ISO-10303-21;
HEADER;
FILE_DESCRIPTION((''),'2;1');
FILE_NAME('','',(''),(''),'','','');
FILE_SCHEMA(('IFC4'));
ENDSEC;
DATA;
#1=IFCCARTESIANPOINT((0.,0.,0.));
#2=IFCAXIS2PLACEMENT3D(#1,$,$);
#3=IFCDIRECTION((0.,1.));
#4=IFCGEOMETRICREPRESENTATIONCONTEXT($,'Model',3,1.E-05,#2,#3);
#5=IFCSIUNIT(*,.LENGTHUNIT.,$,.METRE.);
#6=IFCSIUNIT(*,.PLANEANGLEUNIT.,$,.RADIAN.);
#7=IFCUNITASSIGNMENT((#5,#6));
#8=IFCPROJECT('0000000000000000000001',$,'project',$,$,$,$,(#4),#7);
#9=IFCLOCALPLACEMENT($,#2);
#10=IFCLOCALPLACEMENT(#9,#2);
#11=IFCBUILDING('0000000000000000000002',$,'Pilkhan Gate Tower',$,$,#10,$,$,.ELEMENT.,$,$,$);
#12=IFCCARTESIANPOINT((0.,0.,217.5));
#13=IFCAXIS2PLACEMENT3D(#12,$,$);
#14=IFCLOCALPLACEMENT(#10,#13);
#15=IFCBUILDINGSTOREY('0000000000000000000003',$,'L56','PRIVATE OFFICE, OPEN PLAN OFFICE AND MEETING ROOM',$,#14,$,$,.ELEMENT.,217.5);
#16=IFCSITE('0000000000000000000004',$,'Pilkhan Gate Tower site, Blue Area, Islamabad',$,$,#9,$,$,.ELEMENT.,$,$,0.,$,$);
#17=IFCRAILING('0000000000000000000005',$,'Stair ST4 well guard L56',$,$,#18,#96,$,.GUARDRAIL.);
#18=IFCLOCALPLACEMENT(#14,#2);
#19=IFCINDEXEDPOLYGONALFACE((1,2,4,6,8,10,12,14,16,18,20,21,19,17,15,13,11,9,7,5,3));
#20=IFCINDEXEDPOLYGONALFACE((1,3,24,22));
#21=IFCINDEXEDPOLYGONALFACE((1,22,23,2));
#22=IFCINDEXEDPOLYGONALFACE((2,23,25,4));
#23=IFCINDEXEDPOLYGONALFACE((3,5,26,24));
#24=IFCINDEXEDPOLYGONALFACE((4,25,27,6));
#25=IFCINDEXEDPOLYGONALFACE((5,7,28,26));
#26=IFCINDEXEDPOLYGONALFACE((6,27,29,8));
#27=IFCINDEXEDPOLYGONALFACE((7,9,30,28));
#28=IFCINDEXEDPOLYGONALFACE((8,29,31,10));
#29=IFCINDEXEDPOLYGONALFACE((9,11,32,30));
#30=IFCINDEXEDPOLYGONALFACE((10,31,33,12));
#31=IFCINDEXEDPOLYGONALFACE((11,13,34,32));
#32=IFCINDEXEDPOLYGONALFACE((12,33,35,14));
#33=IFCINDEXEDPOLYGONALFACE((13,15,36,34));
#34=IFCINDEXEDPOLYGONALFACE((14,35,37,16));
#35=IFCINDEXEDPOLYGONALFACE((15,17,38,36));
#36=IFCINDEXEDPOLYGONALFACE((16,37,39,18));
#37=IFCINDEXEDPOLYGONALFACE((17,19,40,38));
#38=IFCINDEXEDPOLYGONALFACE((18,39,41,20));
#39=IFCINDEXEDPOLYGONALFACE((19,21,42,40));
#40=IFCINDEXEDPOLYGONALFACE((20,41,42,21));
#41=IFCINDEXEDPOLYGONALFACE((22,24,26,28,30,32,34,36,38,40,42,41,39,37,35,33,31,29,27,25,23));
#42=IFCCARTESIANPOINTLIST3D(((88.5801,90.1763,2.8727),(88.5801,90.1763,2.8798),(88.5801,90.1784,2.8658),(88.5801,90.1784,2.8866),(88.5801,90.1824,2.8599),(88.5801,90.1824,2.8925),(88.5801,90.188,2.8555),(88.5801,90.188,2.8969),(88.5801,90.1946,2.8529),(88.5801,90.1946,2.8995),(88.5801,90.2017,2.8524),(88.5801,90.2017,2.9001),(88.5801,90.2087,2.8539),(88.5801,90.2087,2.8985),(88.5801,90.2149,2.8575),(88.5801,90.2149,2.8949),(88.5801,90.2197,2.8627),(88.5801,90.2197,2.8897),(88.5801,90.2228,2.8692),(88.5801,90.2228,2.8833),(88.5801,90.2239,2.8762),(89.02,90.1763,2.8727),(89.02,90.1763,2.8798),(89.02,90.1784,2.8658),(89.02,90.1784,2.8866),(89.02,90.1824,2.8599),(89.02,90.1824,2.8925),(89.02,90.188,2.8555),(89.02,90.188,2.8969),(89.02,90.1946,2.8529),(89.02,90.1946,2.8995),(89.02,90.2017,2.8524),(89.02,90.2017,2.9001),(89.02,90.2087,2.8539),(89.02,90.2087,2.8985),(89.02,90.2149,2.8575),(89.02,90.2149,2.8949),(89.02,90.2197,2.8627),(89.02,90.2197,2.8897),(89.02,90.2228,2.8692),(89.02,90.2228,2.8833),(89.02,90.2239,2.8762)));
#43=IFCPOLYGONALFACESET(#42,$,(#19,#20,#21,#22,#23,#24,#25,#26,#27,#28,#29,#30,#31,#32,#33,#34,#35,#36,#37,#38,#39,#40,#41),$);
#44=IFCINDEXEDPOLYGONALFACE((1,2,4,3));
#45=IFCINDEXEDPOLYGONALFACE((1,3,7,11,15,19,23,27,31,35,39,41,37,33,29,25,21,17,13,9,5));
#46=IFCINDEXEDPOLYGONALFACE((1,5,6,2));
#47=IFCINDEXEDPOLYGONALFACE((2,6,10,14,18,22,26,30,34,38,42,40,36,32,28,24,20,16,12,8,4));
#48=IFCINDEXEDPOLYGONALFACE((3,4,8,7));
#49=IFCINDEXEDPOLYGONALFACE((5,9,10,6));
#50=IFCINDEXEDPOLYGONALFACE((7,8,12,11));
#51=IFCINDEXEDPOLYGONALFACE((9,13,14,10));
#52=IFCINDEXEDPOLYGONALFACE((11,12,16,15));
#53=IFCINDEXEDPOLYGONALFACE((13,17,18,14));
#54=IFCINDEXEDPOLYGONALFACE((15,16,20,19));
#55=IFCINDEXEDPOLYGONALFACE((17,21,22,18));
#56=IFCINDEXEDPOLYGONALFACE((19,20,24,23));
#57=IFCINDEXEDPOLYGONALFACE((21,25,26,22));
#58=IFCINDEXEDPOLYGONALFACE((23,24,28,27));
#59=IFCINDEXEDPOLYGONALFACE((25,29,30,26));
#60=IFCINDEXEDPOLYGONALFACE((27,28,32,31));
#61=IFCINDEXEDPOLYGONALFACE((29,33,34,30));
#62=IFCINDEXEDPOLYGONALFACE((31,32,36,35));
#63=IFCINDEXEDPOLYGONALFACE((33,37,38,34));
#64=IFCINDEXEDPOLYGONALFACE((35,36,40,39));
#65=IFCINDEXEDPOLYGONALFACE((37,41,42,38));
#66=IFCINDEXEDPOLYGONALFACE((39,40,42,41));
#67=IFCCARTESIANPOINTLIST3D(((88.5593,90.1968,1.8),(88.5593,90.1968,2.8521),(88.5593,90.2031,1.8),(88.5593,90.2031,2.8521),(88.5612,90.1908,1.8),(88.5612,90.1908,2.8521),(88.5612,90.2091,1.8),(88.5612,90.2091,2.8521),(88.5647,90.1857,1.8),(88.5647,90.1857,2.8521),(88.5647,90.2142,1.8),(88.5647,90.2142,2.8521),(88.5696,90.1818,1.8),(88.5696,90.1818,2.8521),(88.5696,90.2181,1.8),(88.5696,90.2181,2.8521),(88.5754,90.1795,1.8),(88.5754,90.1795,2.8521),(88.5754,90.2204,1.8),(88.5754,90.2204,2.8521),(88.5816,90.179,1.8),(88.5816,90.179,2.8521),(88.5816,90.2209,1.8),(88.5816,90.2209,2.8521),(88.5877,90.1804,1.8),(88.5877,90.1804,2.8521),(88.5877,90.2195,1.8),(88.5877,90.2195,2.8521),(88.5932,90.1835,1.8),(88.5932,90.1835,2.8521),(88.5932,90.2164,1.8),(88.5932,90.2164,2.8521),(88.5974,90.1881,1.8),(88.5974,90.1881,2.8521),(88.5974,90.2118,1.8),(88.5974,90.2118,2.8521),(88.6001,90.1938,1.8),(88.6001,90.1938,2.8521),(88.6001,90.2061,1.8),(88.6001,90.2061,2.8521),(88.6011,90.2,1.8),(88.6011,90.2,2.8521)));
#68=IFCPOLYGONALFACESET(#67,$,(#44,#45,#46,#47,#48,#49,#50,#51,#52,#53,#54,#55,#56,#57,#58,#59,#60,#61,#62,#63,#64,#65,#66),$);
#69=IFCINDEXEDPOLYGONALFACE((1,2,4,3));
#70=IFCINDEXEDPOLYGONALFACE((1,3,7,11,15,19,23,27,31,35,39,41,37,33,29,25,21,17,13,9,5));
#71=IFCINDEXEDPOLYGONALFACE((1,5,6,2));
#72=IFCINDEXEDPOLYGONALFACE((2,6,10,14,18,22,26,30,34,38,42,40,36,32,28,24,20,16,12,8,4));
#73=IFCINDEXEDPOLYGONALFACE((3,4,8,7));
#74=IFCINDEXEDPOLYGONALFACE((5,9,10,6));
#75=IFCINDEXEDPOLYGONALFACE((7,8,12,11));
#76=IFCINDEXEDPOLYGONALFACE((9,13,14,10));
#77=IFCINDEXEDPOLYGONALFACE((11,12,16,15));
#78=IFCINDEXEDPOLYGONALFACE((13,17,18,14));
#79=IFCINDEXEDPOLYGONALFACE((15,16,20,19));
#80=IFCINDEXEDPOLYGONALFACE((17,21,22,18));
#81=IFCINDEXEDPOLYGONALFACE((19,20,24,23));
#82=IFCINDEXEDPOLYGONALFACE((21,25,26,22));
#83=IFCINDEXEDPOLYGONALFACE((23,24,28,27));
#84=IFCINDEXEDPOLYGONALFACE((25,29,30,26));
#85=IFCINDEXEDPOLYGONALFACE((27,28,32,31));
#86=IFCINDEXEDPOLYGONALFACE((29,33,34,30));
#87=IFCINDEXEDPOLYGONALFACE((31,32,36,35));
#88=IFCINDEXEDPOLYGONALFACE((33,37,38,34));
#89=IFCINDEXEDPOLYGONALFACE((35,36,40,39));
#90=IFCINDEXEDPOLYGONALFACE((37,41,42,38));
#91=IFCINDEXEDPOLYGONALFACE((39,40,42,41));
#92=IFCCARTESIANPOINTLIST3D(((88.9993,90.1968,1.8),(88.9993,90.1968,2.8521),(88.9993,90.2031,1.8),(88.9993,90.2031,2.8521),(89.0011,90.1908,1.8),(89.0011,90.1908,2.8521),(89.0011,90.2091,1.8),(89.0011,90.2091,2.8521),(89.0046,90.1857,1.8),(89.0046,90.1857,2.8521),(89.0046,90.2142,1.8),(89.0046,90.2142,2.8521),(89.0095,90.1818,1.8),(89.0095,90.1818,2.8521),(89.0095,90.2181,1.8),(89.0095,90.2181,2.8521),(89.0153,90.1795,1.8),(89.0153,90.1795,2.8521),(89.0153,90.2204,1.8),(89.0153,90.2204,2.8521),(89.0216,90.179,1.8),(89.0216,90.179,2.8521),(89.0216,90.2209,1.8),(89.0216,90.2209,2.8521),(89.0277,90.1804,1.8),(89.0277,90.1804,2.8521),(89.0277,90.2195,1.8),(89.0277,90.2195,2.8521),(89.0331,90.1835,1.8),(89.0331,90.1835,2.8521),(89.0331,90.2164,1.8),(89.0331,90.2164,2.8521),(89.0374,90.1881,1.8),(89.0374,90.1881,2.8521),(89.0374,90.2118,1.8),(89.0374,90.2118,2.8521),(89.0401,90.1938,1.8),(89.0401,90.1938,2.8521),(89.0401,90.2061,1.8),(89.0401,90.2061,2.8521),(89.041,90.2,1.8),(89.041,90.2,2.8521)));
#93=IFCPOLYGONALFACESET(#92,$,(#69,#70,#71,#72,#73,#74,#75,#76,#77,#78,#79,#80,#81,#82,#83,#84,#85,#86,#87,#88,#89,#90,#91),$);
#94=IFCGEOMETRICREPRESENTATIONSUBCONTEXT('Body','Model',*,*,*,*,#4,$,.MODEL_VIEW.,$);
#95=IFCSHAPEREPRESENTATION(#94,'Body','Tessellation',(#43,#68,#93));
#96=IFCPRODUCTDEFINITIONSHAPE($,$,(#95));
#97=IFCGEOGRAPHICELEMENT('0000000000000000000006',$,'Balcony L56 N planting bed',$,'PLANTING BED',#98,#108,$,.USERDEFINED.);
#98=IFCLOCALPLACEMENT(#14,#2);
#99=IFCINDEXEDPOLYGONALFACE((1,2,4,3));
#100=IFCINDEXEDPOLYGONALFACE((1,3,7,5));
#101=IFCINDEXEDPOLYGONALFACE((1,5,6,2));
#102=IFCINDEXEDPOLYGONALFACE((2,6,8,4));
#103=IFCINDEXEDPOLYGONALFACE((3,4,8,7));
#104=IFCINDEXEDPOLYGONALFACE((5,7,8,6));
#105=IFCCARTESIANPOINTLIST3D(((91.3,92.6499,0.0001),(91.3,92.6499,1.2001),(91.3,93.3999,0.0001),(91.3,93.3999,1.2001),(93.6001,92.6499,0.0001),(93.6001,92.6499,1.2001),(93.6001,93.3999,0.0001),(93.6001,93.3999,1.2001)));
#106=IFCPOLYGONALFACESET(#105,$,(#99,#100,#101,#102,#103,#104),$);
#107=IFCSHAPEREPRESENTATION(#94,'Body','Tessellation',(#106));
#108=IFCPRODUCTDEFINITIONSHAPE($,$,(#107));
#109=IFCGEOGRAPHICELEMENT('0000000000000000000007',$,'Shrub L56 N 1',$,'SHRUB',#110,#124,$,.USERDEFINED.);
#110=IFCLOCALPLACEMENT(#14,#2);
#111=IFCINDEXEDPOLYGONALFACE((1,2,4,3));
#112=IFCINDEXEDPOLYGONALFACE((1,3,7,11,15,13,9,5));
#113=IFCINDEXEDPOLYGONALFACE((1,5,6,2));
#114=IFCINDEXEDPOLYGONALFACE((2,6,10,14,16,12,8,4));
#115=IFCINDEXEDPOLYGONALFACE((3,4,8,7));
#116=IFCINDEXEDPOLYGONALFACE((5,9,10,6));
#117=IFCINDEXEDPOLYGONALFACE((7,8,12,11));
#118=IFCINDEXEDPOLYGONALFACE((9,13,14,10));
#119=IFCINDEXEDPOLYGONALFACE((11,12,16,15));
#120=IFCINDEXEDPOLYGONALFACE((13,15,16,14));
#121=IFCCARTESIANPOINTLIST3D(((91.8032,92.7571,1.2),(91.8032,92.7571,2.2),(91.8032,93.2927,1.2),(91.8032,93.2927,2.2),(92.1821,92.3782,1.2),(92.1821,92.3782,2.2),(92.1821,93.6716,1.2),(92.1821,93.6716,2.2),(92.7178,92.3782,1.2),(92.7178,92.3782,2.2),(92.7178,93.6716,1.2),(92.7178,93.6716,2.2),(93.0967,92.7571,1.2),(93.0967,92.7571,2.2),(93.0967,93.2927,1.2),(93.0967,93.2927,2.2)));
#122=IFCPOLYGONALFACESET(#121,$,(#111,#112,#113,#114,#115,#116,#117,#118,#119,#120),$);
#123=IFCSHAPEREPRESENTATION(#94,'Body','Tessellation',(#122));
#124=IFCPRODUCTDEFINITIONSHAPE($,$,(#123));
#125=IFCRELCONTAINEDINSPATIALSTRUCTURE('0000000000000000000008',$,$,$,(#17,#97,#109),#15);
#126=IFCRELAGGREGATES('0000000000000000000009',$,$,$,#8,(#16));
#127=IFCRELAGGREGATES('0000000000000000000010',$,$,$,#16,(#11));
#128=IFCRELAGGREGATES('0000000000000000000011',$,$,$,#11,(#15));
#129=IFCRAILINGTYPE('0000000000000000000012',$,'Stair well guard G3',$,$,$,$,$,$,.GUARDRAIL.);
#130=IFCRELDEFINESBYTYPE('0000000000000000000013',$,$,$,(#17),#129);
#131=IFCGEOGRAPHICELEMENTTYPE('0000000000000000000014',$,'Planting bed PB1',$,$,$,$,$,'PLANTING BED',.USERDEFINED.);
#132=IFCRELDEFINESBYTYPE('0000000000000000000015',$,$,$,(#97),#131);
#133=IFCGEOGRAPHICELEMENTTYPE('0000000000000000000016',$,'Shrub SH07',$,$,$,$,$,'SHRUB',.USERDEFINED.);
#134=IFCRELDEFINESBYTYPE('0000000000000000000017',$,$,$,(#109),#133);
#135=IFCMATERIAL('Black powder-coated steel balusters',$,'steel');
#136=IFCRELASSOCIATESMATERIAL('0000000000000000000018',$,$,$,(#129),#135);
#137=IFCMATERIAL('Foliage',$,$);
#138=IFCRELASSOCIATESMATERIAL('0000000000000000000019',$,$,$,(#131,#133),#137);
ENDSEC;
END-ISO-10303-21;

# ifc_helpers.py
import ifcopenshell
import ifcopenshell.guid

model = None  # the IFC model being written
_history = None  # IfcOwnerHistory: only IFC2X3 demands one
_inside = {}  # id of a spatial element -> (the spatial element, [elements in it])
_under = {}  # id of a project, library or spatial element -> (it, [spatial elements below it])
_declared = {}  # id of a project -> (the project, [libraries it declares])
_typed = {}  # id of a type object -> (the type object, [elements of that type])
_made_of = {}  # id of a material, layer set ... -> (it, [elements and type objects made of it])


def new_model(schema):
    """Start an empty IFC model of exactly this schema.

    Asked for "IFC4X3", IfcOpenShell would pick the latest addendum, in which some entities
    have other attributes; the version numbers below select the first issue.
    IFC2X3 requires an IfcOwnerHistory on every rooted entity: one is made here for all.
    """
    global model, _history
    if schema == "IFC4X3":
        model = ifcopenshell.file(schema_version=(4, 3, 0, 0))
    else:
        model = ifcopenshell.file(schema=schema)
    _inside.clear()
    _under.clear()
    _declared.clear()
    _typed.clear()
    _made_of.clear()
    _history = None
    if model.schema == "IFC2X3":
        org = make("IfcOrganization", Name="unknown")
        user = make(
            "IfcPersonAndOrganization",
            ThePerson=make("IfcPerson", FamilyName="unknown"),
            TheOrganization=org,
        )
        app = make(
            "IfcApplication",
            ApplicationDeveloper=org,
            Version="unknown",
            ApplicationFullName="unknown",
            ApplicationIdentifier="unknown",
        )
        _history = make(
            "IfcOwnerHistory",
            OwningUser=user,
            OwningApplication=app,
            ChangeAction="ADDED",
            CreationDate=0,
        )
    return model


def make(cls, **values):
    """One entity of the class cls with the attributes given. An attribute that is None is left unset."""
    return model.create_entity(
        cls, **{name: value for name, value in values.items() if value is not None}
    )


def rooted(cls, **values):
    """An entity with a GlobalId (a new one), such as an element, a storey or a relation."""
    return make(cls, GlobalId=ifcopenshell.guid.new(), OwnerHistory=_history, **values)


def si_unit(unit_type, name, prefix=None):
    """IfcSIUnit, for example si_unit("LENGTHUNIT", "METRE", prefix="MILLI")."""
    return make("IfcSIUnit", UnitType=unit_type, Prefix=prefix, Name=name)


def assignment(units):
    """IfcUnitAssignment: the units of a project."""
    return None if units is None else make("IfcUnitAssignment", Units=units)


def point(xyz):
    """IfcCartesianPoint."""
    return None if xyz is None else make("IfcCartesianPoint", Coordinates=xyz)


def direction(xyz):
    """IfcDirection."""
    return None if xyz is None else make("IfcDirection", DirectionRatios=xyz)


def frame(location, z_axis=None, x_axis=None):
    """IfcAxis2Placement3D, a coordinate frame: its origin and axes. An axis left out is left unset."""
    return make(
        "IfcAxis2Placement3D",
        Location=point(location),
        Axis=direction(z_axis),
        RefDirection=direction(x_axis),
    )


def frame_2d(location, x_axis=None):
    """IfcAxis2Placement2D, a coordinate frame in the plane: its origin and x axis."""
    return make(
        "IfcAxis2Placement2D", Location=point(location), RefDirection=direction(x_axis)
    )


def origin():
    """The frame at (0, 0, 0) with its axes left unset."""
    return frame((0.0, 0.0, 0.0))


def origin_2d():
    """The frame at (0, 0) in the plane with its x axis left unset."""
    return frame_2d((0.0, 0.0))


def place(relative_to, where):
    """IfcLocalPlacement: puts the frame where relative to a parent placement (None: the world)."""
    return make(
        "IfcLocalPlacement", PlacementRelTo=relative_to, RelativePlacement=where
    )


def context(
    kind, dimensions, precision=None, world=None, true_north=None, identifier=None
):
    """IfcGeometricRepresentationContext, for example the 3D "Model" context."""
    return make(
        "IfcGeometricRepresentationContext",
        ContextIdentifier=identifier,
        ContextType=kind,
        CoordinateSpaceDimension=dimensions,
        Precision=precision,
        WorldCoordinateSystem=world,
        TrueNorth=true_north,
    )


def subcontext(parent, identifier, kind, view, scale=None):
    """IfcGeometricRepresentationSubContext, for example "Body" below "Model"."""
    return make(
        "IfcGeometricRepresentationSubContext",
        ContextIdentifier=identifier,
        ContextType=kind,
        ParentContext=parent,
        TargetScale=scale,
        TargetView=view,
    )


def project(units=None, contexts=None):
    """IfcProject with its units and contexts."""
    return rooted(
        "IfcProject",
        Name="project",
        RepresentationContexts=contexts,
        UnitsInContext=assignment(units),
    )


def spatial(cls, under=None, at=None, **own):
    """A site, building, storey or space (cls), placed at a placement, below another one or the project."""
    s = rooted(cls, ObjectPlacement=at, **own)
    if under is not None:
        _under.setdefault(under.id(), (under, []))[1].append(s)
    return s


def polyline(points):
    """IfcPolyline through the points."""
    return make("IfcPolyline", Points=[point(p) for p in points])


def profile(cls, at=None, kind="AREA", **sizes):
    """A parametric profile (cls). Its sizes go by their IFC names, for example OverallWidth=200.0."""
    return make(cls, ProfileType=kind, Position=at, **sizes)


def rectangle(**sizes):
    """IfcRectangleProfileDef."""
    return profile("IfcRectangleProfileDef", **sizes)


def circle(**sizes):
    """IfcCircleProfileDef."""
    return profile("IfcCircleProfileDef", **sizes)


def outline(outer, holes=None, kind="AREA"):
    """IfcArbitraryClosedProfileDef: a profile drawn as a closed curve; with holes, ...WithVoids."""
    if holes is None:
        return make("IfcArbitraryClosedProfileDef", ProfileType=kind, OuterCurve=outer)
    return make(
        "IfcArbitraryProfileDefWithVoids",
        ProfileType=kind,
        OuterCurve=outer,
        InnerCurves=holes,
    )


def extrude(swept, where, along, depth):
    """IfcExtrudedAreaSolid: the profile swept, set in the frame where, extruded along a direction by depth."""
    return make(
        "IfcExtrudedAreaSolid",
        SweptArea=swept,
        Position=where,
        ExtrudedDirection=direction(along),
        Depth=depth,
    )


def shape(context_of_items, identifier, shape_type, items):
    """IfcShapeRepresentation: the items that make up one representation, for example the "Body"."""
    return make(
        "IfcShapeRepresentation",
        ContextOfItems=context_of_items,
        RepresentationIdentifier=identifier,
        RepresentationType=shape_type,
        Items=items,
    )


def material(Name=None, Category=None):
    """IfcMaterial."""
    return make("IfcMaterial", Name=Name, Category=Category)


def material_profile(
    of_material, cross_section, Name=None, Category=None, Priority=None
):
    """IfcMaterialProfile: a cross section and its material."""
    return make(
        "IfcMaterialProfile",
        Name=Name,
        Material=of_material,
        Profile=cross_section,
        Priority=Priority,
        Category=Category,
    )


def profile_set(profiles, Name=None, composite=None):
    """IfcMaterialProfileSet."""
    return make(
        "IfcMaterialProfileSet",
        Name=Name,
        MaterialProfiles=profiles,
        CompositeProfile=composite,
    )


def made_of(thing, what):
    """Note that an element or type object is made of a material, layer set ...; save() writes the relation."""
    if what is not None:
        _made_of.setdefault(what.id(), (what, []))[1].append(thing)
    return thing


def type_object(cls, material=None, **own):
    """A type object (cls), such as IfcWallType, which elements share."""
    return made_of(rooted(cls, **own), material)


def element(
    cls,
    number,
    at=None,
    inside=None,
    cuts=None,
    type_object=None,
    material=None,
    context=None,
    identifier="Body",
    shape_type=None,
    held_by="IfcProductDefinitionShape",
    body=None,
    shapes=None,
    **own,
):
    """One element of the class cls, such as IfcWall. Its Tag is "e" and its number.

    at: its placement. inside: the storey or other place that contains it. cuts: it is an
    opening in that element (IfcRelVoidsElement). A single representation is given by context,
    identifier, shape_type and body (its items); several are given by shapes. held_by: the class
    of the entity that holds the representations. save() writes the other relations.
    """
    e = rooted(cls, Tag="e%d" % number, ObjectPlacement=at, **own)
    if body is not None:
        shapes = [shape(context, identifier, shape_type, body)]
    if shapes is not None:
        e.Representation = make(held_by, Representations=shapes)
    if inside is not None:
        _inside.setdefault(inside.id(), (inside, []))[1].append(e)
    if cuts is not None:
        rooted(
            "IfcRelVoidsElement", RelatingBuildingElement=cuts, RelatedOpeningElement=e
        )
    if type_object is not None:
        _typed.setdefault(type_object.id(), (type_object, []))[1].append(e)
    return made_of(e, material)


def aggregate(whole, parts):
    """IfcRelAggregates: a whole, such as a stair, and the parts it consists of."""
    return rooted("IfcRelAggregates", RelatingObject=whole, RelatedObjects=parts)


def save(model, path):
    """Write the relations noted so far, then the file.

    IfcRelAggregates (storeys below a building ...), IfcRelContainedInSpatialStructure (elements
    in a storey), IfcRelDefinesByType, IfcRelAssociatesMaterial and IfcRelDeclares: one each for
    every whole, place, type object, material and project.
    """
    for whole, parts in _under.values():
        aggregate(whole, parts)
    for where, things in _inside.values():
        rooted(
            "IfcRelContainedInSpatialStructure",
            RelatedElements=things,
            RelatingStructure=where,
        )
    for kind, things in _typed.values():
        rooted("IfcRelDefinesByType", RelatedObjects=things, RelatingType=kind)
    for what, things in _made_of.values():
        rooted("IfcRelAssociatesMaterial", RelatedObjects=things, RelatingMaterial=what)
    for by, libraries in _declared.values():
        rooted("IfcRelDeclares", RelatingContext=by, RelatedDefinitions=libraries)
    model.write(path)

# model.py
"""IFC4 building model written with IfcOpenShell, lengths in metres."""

from ifc_helpers import new_model, si_unit, direction, frame, origin, origin_2d, place, context, subcontext, project, spatial, polyline, rectangle, circle, outline, extrude, material, material_profile, profile_set, type_object, element, save


model = new_model("IFC4")

# Units and contexts
model_context = context("Model", 3, precision=1e-05, world=origin(), true_north=direction((0.0, 1.0)))
body_context = subcontext(model_context, "Body", "Model", "MODEL_VIEW")
ifc_project = project(units=[si_unit("LENGTHUNIT", "METRE"), si_unit("PLANEANGLEUNIT", "RADIAN")], contexts=[model_context])

# Site, building, storey
site_placement = place(None, origin())
site = spatial("IfcSite", under=ifc_project, at=site_placement, Name="Pilkhan Gate Tower site, Blue Area, Islamabad", CompositionType="ELEMENT", RefElevation=0.0)
building_placement = place(site_placement, origin())
building = spatial("IfcBuilding", under=site, at=building_placement, Name="Pilkhan Gate Tower", CompositionType="ELEMENT")
storey_placement = place(building_placement, frame((0.0, 0.0, 217.5)))
storey = spatial("IfcBuildingStorey", under=building, at=storey_placement, Name="L56", Description="PRIVATE OFFICE, OPEN PLAN OFFICE AND MEETING ROOM", CompositionType="ELEMENT", Elevation=217.5)

# Railing
ifc_material_1 = material(Name="Black powder-coated steel balusters", Category="steel")
railing_type_1 = type_object("IfcRailingType", Name="Stair well guard G3", PredefinedType="GUARDRAIL", material=ifc_material_1)
railing_1_placement = place(storey_placement, frame((88.5801, 90.2, 1.8)))
element("IfcRailing", 1, at=railing_1_placement, inside=storey, type_object=railing_type_1, Name="Stair ST4 well guard L56", PredefinedType="GUARDRAIL", context=body_context, shape_type="SweptSolid", body=[
    extrude(circle(Radius=0.0239, at=origin_2d()), frame((0.0, 0.0, 1.0762), z_axis=(1.0, 0.0, 0.0), x_axis=(0.0, 1.0, 0.0)), (0.0, 0.0, 1.0), 0.4399),
    extrude(circle(Radius=0.021, at=origin_2d()), origin(), (0.0, 0.0, 1.0), 1.052),
    extrude(circle(Radius=0.021, at=origin_2d()), frame((0.4399, 0.0, 0.0)), (0.0, 0.0, 1.0), 1.052),
])

# Geographic elements
ifc_material_2 = material(Name="Foliage")
ifc_material_profile_1 = material_profile(ifc_material_2, rectangle(XDim=0.75, YDim=1.2, at=origin_2d()), Name="Bed 750x1200")
ifc_profile_set_1 = profile_set([ifc_material_profile_1], Name="Foliage")
geographic_element_type_1 = type_object("IfcGeographicElementType", Name="Planting bed PB1", ElementType="PLANTING BED", PredefinedType="USERDEFINED", material=ifc_profile_set_1)
geographic_element_1_placement = place(storey_placement, frame((91.3, 93.0249, 0.6001), z_axis=(1.0, 0.0, 0.0), x_axis=(0.0, 1.0, 0.0)))
element("IfcGeographicElement", 2, at=geographic_element_1_placement, inside=storey, type_object=geographic_element_type_1, Name="Balcony L56 N planting bed", ObjectType="PLANTING BED", PredefinedType="USERDEFINED", context=body_context, shape_type="SweptSolid", body=[
    extrude(rectangle(XDim=0.75, YDim=1.2, at=origin_2d()), origin(), (0.0, 0.0, 1.0), 2.3),
])
ifc_material_profile_2 = material_profile(ifc_material_2, outline(polyline([(0.6467, 0.2678), (0.2678, 0.6467), (-0.2678, 0.6467), (-0.6467, 0.2678), (-0.6467, -0.2678), (-0.2678, -0.6467), (0.2678, -0.6467), (0.6467, -0.2678), (0.6467, 0.2678)])), Name="Shrub D1.4")
ifc_profile_set_2 = profile_set([ifc_material_profile_2], Name="Foliage")
geographic_element_type_2 = type_object("IfcGeographicElementType", Name="Shrub SH07", ElementType="SHRUB", PredefinedType="USERDEFINED", material=ifc_profile_set_2)
geographic_element_2_placement = place(storey_placement, frame((92.45, 93.0249, 1.2), z_axis=(0.0, 0.0, 1.0), x_axis=(1.0, 0.0, 0.0)))
element("IfcGeographicElement", 3, at=geographic_element_2_placement, inside=storey, type_object=geographic_element_type_2, Name="Shrub L56 N 1", ObjectType="SHRUB", PredefinedType="USERDEFINED", context=body_context, shape_type="SweptSolid", body=[
    extrude(outline(polyline([(0.6467, 0.2678), (0.2678, 0.6467), (-0.2678, 0.6467), (-0.6467, 0.2678), (-0.6467, -0.2678), (-0.2678, -0.6467), (0.2678, -0.6467), (0.6467, -0.2678), (0.6467, 0.2678)])), origin(), (0.0, 0.0, 1.0), 1.0),
])

save(model, "model.ifc")
